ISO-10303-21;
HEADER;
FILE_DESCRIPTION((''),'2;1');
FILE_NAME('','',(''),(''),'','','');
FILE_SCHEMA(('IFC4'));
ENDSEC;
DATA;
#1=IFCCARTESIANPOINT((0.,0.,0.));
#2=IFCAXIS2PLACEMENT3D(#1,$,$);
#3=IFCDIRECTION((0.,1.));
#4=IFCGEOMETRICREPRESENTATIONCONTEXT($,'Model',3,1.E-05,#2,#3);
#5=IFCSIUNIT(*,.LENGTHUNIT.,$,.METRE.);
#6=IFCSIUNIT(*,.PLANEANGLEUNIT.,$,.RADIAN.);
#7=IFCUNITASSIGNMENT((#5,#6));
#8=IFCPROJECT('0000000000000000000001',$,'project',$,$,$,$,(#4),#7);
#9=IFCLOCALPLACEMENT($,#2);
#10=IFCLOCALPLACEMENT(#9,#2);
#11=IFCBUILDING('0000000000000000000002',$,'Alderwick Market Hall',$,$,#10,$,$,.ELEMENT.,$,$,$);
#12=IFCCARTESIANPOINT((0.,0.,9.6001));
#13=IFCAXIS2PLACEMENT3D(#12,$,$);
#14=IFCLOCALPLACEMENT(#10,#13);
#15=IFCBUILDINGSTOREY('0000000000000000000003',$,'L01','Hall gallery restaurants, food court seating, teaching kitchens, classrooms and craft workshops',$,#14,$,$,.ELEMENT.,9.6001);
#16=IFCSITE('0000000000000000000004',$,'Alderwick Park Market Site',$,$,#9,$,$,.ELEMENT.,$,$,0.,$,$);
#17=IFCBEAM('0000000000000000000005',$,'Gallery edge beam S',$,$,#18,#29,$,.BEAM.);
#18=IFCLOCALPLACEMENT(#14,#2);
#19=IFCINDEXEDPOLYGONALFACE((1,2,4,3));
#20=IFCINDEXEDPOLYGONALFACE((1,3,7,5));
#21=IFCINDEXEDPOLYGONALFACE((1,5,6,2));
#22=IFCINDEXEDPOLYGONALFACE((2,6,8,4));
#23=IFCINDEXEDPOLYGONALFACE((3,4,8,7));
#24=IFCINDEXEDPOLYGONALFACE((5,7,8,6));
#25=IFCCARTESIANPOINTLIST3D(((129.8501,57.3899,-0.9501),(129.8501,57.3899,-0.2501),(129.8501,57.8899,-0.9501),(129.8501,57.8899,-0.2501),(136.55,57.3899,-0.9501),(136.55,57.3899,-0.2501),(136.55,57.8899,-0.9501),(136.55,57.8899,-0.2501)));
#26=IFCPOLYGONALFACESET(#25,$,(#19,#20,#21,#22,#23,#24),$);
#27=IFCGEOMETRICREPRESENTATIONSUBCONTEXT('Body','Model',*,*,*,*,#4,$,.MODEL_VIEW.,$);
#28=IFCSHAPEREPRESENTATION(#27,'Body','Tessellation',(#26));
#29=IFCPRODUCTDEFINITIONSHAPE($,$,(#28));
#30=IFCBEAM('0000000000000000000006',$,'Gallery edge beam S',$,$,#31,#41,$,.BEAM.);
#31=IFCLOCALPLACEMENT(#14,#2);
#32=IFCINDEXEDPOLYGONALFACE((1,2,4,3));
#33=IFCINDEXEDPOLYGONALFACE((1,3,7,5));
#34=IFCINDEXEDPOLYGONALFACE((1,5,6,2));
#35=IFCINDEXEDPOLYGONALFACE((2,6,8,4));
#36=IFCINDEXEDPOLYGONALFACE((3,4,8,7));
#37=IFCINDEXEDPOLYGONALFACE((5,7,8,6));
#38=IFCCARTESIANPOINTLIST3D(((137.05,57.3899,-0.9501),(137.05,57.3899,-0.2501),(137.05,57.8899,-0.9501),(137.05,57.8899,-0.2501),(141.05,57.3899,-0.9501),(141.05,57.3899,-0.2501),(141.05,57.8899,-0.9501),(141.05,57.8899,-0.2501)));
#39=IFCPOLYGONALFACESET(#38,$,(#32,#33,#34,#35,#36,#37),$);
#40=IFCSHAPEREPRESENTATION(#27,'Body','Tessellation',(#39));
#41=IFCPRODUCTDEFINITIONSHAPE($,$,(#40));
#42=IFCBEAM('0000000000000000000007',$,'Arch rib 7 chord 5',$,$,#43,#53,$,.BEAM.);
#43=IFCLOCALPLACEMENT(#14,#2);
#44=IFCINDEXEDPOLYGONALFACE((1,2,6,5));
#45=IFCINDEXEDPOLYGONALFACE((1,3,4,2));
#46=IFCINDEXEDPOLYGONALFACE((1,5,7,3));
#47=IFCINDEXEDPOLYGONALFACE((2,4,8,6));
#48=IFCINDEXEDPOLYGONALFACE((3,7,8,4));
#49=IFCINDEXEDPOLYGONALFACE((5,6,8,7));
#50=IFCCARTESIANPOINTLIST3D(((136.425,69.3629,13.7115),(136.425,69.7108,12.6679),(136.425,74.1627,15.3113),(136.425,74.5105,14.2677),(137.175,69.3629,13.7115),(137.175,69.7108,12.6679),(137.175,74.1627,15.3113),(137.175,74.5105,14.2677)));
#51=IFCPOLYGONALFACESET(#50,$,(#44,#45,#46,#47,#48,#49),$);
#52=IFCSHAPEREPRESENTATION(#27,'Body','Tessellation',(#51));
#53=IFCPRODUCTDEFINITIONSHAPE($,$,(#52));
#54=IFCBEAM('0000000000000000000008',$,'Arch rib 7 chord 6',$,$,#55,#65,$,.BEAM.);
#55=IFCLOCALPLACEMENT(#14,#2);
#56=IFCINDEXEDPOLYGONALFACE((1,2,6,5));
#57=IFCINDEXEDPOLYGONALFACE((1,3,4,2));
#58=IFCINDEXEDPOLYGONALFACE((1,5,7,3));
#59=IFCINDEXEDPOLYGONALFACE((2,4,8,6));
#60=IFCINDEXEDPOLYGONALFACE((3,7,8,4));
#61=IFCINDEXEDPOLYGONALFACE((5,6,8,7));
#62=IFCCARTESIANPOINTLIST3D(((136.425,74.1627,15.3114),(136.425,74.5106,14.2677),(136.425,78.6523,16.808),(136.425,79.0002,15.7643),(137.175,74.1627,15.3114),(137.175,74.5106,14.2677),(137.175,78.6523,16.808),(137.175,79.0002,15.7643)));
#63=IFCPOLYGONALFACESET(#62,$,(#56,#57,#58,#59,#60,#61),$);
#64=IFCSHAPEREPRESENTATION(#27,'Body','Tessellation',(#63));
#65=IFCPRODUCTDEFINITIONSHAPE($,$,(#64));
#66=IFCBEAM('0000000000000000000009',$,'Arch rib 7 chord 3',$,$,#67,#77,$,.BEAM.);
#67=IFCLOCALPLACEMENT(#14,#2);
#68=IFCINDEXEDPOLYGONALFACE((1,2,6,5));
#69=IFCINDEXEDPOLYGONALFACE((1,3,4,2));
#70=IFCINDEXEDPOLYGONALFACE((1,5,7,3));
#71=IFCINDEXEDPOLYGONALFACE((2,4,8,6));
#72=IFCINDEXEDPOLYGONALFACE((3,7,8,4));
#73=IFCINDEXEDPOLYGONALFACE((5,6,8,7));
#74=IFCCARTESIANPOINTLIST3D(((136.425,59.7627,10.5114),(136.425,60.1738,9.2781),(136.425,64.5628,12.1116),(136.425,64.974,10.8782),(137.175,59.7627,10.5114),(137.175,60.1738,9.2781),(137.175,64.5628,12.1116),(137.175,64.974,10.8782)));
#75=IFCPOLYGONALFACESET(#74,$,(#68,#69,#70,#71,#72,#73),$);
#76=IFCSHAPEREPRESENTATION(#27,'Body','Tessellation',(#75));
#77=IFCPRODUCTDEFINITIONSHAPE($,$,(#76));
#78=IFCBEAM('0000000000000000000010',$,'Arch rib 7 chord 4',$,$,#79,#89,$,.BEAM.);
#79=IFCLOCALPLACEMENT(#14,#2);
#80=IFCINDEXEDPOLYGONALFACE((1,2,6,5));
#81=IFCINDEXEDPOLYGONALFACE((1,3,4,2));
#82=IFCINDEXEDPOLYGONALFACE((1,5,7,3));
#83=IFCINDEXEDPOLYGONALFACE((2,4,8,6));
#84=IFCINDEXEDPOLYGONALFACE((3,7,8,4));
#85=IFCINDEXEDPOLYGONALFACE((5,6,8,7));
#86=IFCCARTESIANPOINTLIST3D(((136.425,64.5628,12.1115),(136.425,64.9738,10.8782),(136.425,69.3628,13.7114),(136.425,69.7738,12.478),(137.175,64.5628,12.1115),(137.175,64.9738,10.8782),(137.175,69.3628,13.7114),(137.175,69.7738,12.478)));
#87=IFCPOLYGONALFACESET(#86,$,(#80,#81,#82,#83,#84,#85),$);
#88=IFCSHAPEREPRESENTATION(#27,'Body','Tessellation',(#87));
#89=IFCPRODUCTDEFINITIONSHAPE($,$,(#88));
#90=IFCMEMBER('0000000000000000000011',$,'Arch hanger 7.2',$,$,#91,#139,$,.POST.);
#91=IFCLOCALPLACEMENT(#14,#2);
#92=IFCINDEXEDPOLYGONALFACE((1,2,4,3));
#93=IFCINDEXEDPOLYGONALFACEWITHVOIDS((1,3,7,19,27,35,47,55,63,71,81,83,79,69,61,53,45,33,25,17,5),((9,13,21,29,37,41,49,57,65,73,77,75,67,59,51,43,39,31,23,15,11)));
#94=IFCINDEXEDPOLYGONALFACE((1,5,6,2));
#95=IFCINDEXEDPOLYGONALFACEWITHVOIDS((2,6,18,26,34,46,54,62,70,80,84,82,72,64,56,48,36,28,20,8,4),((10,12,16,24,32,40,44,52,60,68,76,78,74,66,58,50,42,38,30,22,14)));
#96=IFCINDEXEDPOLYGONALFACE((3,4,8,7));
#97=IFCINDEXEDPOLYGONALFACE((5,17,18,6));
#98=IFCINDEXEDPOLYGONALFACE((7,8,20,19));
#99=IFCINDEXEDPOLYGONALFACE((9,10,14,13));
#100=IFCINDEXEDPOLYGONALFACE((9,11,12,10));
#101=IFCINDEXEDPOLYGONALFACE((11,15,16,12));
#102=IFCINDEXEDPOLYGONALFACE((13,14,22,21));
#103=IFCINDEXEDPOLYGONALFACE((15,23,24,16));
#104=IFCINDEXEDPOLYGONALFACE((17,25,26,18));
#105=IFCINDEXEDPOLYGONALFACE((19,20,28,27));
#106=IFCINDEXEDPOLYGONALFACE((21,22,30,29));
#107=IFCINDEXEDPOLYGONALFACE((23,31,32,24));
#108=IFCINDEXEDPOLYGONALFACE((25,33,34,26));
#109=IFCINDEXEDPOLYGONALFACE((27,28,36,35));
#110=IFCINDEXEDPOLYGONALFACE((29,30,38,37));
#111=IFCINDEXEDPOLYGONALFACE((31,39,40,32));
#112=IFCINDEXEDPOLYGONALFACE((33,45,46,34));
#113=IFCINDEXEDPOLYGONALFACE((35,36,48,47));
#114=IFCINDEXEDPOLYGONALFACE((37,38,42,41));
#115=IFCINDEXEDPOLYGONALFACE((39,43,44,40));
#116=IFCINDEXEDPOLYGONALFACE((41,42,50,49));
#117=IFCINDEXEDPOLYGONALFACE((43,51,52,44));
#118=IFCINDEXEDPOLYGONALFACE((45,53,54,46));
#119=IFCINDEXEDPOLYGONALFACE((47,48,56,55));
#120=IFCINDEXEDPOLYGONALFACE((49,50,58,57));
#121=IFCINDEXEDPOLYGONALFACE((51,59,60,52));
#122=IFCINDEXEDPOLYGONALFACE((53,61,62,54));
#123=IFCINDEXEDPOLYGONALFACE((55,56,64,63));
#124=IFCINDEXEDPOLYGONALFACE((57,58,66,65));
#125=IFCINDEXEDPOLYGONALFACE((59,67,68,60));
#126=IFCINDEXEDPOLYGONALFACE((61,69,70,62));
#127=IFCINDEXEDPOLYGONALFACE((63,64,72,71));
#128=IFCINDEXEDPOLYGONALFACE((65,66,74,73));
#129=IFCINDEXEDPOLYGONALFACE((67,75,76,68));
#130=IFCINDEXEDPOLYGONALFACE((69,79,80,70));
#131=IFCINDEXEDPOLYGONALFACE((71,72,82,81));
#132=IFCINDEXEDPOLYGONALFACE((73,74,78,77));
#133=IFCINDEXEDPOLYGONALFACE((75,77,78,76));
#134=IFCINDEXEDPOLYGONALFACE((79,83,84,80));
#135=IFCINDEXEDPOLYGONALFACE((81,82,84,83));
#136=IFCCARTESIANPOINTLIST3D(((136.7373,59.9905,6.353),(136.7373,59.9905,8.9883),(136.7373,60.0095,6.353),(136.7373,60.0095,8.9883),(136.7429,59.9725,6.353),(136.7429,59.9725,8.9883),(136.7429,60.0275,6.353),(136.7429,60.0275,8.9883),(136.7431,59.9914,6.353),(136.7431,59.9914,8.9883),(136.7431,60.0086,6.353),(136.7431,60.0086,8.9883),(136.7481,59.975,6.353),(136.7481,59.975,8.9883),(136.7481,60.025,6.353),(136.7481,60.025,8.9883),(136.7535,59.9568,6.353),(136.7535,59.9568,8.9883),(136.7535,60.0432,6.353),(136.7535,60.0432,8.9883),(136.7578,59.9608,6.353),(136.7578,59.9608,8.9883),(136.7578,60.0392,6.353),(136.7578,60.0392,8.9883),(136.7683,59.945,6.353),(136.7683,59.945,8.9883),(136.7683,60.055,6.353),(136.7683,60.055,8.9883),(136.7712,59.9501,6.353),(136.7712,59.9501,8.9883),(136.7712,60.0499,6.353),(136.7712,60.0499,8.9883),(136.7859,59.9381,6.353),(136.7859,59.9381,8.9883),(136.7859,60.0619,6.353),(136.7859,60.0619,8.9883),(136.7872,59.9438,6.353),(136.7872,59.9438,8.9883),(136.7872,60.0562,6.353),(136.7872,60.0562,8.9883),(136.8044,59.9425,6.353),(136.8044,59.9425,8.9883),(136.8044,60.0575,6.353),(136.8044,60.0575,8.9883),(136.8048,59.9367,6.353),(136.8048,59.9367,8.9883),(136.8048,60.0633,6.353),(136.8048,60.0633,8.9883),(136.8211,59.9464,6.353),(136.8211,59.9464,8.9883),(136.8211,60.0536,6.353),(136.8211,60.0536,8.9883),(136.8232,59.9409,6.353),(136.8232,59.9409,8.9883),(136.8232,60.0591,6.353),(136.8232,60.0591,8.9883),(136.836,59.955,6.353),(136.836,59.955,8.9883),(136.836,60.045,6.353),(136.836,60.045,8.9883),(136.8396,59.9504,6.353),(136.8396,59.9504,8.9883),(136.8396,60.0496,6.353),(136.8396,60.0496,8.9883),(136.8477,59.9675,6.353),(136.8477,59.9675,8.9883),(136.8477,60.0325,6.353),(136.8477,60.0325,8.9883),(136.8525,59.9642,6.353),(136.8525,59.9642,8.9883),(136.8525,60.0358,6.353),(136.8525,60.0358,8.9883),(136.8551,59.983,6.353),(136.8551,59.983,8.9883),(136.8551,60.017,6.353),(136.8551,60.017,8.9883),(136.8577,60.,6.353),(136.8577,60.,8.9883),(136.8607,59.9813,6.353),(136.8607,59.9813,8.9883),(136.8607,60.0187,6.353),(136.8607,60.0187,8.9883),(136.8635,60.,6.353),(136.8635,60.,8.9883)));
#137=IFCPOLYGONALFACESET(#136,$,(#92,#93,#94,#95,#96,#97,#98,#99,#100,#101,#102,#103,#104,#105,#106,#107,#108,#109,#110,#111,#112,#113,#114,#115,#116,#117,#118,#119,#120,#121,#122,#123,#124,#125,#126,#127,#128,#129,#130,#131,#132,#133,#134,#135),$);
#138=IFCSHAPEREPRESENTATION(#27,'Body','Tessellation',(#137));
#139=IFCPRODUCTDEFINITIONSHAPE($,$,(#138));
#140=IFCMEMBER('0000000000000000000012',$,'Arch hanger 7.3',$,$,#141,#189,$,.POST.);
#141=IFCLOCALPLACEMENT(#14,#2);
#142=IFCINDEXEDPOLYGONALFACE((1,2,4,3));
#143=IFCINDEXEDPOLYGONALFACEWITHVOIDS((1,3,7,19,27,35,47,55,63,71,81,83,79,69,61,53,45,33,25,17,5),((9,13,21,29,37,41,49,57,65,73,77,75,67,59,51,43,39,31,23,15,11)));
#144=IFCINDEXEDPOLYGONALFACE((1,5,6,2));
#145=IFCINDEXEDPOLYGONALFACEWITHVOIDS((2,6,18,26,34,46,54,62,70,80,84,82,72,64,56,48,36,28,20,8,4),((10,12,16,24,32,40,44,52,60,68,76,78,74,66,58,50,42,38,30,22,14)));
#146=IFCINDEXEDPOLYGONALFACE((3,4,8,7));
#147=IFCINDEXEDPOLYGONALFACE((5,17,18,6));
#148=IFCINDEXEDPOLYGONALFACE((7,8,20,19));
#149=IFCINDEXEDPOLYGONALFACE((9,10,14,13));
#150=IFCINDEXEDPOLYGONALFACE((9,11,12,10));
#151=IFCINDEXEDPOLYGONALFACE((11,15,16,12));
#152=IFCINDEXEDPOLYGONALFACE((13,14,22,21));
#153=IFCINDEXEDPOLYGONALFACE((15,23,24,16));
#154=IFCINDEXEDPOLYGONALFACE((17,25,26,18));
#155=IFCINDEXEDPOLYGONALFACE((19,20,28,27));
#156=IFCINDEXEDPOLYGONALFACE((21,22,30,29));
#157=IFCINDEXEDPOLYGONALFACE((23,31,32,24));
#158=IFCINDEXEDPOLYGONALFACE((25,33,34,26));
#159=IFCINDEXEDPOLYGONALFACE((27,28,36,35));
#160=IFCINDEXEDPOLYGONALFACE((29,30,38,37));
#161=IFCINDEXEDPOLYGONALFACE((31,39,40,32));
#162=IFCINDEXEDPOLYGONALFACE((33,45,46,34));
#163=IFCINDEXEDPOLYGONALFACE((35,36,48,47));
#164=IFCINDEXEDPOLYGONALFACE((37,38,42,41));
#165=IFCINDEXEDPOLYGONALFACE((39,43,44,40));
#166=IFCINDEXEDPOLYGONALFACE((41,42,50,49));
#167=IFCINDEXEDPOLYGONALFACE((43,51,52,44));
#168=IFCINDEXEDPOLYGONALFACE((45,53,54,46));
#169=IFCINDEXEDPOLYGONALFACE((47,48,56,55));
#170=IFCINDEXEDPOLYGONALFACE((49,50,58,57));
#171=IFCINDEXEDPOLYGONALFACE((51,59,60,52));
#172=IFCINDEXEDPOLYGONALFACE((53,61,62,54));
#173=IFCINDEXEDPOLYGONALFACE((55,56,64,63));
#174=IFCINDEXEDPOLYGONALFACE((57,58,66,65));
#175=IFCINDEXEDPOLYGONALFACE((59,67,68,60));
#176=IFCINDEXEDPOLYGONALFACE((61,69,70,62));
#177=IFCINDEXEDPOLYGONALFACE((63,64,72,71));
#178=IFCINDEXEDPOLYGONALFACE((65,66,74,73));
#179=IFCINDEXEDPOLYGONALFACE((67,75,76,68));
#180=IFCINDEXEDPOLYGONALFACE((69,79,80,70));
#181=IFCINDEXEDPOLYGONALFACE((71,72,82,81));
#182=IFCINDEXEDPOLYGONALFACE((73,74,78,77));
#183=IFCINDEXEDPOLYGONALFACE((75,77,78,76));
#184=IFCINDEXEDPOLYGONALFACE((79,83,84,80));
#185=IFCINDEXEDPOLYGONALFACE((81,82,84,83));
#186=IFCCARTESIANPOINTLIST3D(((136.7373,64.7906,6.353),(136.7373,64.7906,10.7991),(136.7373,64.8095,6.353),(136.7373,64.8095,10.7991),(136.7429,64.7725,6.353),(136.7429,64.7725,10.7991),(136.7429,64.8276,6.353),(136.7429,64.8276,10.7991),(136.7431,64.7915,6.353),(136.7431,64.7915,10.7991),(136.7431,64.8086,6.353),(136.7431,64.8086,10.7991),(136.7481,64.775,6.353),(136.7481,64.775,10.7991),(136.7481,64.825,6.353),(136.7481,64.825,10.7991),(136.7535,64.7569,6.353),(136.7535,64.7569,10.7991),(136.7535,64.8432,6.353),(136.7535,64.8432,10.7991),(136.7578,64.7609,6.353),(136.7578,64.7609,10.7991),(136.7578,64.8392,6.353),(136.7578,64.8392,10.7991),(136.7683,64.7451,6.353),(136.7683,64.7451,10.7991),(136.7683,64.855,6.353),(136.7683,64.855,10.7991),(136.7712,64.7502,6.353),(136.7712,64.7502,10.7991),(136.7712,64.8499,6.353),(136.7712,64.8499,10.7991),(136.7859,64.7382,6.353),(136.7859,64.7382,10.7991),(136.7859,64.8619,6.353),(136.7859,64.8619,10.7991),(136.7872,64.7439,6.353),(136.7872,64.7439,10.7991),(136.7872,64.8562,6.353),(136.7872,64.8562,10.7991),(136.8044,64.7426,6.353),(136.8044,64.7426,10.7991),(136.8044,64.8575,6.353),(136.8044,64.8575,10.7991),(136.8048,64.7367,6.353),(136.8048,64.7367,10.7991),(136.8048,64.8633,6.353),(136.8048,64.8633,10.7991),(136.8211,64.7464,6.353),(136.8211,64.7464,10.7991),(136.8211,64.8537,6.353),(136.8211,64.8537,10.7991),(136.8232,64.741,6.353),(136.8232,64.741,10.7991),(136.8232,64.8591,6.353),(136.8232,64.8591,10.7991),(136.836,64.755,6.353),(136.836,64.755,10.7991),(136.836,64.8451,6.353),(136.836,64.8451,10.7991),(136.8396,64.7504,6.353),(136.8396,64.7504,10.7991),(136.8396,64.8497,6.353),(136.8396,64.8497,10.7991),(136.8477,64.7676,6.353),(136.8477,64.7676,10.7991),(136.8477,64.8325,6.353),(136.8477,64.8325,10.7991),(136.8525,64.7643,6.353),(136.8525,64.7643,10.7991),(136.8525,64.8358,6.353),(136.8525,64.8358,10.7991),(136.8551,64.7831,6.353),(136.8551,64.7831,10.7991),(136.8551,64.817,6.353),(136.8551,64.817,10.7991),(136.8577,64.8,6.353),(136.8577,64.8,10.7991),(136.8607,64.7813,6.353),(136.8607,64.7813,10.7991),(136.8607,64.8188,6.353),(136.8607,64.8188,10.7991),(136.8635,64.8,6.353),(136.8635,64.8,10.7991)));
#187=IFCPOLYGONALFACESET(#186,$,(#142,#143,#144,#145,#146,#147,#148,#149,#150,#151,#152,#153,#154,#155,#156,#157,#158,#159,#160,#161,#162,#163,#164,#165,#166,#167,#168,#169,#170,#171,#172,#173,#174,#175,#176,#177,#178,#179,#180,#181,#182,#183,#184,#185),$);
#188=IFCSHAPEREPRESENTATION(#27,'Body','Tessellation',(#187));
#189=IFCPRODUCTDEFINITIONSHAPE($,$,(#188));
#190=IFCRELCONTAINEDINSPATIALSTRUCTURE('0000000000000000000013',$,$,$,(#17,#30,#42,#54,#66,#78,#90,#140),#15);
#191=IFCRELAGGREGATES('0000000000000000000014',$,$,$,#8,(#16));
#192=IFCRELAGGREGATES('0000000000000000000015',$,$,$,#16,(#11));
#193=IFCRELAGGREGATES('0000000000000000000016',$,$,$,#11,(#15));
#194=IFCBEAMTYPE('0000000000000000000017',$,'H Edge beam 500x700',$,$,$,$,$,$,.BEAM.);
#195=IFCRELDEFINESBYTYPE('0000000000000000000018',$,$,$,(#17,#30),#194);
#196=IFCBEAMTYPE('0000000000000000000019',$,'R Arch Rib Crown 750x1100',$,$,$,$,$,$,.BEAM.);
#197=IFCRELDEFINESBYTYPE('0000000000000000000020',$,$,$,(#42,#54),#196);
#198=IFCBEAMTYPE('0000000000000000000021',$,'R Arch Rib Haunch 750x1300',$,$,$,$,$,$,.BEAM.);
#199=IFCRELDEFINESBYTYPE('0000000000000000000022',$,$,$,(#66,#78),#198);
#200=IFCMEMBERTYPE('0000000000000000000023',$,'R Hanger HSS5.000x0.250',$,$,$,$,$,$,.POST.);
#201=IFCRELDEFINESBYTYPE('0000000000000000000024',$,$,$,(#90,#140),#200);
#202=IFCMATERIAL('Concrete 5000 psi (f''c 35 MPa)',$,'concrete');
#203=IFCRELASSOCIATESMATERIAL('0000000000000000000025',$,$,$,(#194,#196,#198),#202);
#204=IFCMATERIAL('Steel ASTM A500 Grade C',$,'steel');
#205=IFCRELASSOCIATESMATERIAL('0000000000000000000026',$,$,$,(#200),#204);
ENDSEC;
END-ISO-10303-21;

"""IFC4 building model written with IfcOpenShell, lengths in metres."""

from ifc_helpers import new_model, si_unit, direction, frame, origin, origin_2d, place, context, subcontext, project, spatial, rectangle, hollow_circle, extrude, material, material_profile, profile_set, type_object, element, save


model = new_model("IFC4")

# Units and contexts
model_context = context("Model", 3, precision=1e-05, world=origin(), true_north=direction((0.0, 1.0)))
body_context = subcontext(model_context, "Body", "Model", "MODEL_VIEW")
ifc_project = project(units=[si_unit("LENGTHUNIT", "METRE"), si_unit("PLANEANGLEUNIT", "RADIAN")], contexts=[model_context])

# Site, building, storey
site_placement = place(None, origin())
site = spatial("IfcSite", under=ifc_project, at=site_placement, Name="Alderwick Park Market Site", CompositionType="ELEMENT", RefElevation=0.0)
building_placement = place(site_placement, origin())
building = spatial("IfcBuilding", under=site, at=building_placement, Name="Alderwick Market Hall", CompositionType="ELEMENT")
storey_placement = place(building_placement, frame((0.0, 0.0, 9.6001)))
storey = spatial("IfcBuildingStorey", under=building, at=storey_placement, Name="L01", Description="Hall gallery restaurants, food court seating, teaching kitchens, classrooms and craft workshops", CompositionType="ELEMENT", Elevation=9.6001)

# Beams
ifc_material_1 = material(Name="Concrete 5000 psi (f'c 35 MPa)", Category="concrete")
ifc_material_profile_1 = material_profile(ifc_material_1, rectangle(XDim=0.5, YDim=0.7, at=origin_2d()), Name="RC 500x700")
ifc_profile_set_1 = profile_set([ifc_material_profile_1], Name="Concrete 5000 psi (f'c 35 MPa)")
beam_type_1 = type_object("IfcBeamType", Name="H Edge beam 500x700", PredefinedType="BEAM", material=ifc_profile_set_1)
beam_1_placement = place(storey_placement, frame((129.8501, 57.6399, -0.6001), z_axis=(1.0, 0.0, 0.0), x_axis=(0.0, 1.0, 0.0)))
element("IfcBeam", 1, at=beam_1_placement, inside=storey, type_object=beam_type_1, Name="Gallery edge beam S", PredefinedType="BEAM", context=body_context, shape_type="SweptSolid", body=[
    extrude(rectangle(XDim=0.5, YDim=0.7, at=origin_2d()), origin(), (0.0, 0.0, 1.0), 6.7),
])
beam_2_placement = place(storey_placement, frame((137.05, 57.6399, -0.6001), z_axis=(1.0, 0.0, 0.0), x_axis=(0.0, 1.0, 0.0)))
element("IfcBeam", 2, at=beam_2_placement, inside=storey, type_object=beam_type_1, Name="Gallery edge beam S", PredefinedType="BEAM", context=body_context, shape_type="SweptSolid", body=[
    extrude(rectangle(XDim=0.5, YDim=0.7, at=origin_2d()), origin(), (0.0, 0.0, 1.0), 4.0),
])
ifc_material_profile_2 = material_profile(ifc_material_1, rectangle(XDim=0.75, YDim=1.1001, at=origin_2d()), Name="RC 750x1100")
ifc_profile_set_2 = profile_set([ifc_material_profile_2], Name="Concrete 5000 psi (f'c 35 MPa)")
beam_type_2 = type_object("IfcBeamType", Name="R Arch Rib Crown 750x1100", PredefinedType="BEAM", material=ifc_profile_set_2)
beam_3_placement = place(storey_placement, frame((136.8, 69.5369, 13.1897), z_axis=(0.0, 0.948688, 0.316213), x_axis=(-1.0, 0.0, 0.0)))
element("IfcBeam", 3, at=beam_3_placement, inside=storey, type_object=beam_type_2, Name="Arch rib 7 chord 5", PredefinedType="BEAM", context=body_context, shape_type="SweptSolid", body=[
    extrude(rectangle(XDim=0.75, YDim=1.1001, at=origin_2d()), origin(), (0.0, 0.0, 1.0), 5.0593),
])
beam_4_placement = place(storey_placement, frame((136.8, 74.3367, 14.7896), z_axis=(0.0, 0.948678, 0.316243), x_axis=(-1.0, 0.0, 0.0)))
element("IfcBeam", 4, at=beam_4_placement, inside=storey, type_object=beam_type_2, Name="Arch rib 7 chord 6", PredefinedType="BEAM", context=body_context, shape_type="SweptSolid", body=[
    extrude(rectangle(XDim=0.75, YDim=1.1001, at=origin_2d()), origin(), (0.0, 0.0, 1.0), 4.7324),
])
ifc_material_profile_3 = material_profile(ifc_material_1, rectangle(XDim=0.75, YDim=1.3, at=origin_2d()), Name="RC 750x1300")
ifc_profile_set_3 = profile_set([ifc_material_profile_3], Name="Concrete 5000 psi (f'c 35 MPa)")
beam_type_3 = type_object("IfcBeamType", Name="R Arch Rib Haunch 750x1300", PredefinedType="BEAM", material=ifc_profile_set_3)
beam_5_placement = place(storey_placement, frame((136.8, 59.9683, 9.8948), z_axis=(0.0, 0.948678, 0.316242), x_axis=(-1.0, 0.0, 0.0)))
element("IfcBeam", 5, at=beam_5_placement, inside=storey, type_object=beam_type_3, Name="Arch rib 7 chord 3", PredefinedType="BEAM", context=body_context, shape_type="SweptSolid", body=[
    extrude(rectangle(XDim=0.75, YDim=1.3, at=origin_2d()), origin(), (0.0, 0.0, 1.0), 5.0598),
])
beam_6_placement = place(storey_placement, frame((136.8, 64.7683, 11.4949), z_axis=(0.0, 0.948693, 0.316199), x_axis=(-1.0, 0.0, 0.0)))
element("IfcBeam", 6, at=beam_6_placement, inside=storey, type_object=beam_type_3, Name="Arch rib 7 chord 4", PredefinedType="BEAM", context=body_context, shape_type="SweptSolid", body=[
    extrude(rectangle(XDim=0.75, YDim=1.3, at=origin_2d()), origin(), (0.0, 0.0, 1.0), 5.0596),
])

# Members
ifc_material_2 = material(Name="Steel ASTM A500 Grade C", Category="steel")
ifc_material_profile_4 = material_profile(ifc_material_2, hollow_circle(Radius=0.0635, WallThickness=0.0059, at=origin_2d()), Name="HSS5.000x0.250")
ifc_profile_set_4 = profile_set([ifc_material_profile_4], Name="Steel ASTM A500 Grade C")
member_type_1 = type_object("IfcMemberType", Name="R Hanger HSS5.000x0.250", PredefinedType="POST", material=ifc_profile_set_4)
member_1_placement = place(storey_placement, frame((136.8, 60.0, 6.353), z_axis=(0.0, 0.0, 1.0), x_axis=(1.0, 0.0, 0.0)))
element("IfcMember", 7, at=member_1_placement, inside=storey, type_object=member_type_1, Name="Arch hanger 7.2", PredefinedType="POST", context=body_context, shape_type="SweptSolid", body=[
    extrude(hollow_circle(Radius=0.0635, WallThickness=0.0059, at=origin_2d()), origin(), (0.0, 0.0, 1.0), 2.6353),
])
member_2_placement = place(storey_placement, frame((136.8, 64.8, 6.353), z_axis=(0.0, 0.0, 1.0), x_axis=(1.0, 0.0, 0.0)))
element("IfcMember", 8, at=member_2_placement, inside=storey, type_object=member_type_1, Name="Arch hanger 7.3", PredefinedType="POST", context=body_context, shape_type="SweptSolid", body=[
    extrude(hollow_circle(Radius=0.0635, WallThickness=0.0059, at=origin_2d()), origin(), (0.0, 0.0, 1.0), 4.446),
])

save(model, "model.ifc")
